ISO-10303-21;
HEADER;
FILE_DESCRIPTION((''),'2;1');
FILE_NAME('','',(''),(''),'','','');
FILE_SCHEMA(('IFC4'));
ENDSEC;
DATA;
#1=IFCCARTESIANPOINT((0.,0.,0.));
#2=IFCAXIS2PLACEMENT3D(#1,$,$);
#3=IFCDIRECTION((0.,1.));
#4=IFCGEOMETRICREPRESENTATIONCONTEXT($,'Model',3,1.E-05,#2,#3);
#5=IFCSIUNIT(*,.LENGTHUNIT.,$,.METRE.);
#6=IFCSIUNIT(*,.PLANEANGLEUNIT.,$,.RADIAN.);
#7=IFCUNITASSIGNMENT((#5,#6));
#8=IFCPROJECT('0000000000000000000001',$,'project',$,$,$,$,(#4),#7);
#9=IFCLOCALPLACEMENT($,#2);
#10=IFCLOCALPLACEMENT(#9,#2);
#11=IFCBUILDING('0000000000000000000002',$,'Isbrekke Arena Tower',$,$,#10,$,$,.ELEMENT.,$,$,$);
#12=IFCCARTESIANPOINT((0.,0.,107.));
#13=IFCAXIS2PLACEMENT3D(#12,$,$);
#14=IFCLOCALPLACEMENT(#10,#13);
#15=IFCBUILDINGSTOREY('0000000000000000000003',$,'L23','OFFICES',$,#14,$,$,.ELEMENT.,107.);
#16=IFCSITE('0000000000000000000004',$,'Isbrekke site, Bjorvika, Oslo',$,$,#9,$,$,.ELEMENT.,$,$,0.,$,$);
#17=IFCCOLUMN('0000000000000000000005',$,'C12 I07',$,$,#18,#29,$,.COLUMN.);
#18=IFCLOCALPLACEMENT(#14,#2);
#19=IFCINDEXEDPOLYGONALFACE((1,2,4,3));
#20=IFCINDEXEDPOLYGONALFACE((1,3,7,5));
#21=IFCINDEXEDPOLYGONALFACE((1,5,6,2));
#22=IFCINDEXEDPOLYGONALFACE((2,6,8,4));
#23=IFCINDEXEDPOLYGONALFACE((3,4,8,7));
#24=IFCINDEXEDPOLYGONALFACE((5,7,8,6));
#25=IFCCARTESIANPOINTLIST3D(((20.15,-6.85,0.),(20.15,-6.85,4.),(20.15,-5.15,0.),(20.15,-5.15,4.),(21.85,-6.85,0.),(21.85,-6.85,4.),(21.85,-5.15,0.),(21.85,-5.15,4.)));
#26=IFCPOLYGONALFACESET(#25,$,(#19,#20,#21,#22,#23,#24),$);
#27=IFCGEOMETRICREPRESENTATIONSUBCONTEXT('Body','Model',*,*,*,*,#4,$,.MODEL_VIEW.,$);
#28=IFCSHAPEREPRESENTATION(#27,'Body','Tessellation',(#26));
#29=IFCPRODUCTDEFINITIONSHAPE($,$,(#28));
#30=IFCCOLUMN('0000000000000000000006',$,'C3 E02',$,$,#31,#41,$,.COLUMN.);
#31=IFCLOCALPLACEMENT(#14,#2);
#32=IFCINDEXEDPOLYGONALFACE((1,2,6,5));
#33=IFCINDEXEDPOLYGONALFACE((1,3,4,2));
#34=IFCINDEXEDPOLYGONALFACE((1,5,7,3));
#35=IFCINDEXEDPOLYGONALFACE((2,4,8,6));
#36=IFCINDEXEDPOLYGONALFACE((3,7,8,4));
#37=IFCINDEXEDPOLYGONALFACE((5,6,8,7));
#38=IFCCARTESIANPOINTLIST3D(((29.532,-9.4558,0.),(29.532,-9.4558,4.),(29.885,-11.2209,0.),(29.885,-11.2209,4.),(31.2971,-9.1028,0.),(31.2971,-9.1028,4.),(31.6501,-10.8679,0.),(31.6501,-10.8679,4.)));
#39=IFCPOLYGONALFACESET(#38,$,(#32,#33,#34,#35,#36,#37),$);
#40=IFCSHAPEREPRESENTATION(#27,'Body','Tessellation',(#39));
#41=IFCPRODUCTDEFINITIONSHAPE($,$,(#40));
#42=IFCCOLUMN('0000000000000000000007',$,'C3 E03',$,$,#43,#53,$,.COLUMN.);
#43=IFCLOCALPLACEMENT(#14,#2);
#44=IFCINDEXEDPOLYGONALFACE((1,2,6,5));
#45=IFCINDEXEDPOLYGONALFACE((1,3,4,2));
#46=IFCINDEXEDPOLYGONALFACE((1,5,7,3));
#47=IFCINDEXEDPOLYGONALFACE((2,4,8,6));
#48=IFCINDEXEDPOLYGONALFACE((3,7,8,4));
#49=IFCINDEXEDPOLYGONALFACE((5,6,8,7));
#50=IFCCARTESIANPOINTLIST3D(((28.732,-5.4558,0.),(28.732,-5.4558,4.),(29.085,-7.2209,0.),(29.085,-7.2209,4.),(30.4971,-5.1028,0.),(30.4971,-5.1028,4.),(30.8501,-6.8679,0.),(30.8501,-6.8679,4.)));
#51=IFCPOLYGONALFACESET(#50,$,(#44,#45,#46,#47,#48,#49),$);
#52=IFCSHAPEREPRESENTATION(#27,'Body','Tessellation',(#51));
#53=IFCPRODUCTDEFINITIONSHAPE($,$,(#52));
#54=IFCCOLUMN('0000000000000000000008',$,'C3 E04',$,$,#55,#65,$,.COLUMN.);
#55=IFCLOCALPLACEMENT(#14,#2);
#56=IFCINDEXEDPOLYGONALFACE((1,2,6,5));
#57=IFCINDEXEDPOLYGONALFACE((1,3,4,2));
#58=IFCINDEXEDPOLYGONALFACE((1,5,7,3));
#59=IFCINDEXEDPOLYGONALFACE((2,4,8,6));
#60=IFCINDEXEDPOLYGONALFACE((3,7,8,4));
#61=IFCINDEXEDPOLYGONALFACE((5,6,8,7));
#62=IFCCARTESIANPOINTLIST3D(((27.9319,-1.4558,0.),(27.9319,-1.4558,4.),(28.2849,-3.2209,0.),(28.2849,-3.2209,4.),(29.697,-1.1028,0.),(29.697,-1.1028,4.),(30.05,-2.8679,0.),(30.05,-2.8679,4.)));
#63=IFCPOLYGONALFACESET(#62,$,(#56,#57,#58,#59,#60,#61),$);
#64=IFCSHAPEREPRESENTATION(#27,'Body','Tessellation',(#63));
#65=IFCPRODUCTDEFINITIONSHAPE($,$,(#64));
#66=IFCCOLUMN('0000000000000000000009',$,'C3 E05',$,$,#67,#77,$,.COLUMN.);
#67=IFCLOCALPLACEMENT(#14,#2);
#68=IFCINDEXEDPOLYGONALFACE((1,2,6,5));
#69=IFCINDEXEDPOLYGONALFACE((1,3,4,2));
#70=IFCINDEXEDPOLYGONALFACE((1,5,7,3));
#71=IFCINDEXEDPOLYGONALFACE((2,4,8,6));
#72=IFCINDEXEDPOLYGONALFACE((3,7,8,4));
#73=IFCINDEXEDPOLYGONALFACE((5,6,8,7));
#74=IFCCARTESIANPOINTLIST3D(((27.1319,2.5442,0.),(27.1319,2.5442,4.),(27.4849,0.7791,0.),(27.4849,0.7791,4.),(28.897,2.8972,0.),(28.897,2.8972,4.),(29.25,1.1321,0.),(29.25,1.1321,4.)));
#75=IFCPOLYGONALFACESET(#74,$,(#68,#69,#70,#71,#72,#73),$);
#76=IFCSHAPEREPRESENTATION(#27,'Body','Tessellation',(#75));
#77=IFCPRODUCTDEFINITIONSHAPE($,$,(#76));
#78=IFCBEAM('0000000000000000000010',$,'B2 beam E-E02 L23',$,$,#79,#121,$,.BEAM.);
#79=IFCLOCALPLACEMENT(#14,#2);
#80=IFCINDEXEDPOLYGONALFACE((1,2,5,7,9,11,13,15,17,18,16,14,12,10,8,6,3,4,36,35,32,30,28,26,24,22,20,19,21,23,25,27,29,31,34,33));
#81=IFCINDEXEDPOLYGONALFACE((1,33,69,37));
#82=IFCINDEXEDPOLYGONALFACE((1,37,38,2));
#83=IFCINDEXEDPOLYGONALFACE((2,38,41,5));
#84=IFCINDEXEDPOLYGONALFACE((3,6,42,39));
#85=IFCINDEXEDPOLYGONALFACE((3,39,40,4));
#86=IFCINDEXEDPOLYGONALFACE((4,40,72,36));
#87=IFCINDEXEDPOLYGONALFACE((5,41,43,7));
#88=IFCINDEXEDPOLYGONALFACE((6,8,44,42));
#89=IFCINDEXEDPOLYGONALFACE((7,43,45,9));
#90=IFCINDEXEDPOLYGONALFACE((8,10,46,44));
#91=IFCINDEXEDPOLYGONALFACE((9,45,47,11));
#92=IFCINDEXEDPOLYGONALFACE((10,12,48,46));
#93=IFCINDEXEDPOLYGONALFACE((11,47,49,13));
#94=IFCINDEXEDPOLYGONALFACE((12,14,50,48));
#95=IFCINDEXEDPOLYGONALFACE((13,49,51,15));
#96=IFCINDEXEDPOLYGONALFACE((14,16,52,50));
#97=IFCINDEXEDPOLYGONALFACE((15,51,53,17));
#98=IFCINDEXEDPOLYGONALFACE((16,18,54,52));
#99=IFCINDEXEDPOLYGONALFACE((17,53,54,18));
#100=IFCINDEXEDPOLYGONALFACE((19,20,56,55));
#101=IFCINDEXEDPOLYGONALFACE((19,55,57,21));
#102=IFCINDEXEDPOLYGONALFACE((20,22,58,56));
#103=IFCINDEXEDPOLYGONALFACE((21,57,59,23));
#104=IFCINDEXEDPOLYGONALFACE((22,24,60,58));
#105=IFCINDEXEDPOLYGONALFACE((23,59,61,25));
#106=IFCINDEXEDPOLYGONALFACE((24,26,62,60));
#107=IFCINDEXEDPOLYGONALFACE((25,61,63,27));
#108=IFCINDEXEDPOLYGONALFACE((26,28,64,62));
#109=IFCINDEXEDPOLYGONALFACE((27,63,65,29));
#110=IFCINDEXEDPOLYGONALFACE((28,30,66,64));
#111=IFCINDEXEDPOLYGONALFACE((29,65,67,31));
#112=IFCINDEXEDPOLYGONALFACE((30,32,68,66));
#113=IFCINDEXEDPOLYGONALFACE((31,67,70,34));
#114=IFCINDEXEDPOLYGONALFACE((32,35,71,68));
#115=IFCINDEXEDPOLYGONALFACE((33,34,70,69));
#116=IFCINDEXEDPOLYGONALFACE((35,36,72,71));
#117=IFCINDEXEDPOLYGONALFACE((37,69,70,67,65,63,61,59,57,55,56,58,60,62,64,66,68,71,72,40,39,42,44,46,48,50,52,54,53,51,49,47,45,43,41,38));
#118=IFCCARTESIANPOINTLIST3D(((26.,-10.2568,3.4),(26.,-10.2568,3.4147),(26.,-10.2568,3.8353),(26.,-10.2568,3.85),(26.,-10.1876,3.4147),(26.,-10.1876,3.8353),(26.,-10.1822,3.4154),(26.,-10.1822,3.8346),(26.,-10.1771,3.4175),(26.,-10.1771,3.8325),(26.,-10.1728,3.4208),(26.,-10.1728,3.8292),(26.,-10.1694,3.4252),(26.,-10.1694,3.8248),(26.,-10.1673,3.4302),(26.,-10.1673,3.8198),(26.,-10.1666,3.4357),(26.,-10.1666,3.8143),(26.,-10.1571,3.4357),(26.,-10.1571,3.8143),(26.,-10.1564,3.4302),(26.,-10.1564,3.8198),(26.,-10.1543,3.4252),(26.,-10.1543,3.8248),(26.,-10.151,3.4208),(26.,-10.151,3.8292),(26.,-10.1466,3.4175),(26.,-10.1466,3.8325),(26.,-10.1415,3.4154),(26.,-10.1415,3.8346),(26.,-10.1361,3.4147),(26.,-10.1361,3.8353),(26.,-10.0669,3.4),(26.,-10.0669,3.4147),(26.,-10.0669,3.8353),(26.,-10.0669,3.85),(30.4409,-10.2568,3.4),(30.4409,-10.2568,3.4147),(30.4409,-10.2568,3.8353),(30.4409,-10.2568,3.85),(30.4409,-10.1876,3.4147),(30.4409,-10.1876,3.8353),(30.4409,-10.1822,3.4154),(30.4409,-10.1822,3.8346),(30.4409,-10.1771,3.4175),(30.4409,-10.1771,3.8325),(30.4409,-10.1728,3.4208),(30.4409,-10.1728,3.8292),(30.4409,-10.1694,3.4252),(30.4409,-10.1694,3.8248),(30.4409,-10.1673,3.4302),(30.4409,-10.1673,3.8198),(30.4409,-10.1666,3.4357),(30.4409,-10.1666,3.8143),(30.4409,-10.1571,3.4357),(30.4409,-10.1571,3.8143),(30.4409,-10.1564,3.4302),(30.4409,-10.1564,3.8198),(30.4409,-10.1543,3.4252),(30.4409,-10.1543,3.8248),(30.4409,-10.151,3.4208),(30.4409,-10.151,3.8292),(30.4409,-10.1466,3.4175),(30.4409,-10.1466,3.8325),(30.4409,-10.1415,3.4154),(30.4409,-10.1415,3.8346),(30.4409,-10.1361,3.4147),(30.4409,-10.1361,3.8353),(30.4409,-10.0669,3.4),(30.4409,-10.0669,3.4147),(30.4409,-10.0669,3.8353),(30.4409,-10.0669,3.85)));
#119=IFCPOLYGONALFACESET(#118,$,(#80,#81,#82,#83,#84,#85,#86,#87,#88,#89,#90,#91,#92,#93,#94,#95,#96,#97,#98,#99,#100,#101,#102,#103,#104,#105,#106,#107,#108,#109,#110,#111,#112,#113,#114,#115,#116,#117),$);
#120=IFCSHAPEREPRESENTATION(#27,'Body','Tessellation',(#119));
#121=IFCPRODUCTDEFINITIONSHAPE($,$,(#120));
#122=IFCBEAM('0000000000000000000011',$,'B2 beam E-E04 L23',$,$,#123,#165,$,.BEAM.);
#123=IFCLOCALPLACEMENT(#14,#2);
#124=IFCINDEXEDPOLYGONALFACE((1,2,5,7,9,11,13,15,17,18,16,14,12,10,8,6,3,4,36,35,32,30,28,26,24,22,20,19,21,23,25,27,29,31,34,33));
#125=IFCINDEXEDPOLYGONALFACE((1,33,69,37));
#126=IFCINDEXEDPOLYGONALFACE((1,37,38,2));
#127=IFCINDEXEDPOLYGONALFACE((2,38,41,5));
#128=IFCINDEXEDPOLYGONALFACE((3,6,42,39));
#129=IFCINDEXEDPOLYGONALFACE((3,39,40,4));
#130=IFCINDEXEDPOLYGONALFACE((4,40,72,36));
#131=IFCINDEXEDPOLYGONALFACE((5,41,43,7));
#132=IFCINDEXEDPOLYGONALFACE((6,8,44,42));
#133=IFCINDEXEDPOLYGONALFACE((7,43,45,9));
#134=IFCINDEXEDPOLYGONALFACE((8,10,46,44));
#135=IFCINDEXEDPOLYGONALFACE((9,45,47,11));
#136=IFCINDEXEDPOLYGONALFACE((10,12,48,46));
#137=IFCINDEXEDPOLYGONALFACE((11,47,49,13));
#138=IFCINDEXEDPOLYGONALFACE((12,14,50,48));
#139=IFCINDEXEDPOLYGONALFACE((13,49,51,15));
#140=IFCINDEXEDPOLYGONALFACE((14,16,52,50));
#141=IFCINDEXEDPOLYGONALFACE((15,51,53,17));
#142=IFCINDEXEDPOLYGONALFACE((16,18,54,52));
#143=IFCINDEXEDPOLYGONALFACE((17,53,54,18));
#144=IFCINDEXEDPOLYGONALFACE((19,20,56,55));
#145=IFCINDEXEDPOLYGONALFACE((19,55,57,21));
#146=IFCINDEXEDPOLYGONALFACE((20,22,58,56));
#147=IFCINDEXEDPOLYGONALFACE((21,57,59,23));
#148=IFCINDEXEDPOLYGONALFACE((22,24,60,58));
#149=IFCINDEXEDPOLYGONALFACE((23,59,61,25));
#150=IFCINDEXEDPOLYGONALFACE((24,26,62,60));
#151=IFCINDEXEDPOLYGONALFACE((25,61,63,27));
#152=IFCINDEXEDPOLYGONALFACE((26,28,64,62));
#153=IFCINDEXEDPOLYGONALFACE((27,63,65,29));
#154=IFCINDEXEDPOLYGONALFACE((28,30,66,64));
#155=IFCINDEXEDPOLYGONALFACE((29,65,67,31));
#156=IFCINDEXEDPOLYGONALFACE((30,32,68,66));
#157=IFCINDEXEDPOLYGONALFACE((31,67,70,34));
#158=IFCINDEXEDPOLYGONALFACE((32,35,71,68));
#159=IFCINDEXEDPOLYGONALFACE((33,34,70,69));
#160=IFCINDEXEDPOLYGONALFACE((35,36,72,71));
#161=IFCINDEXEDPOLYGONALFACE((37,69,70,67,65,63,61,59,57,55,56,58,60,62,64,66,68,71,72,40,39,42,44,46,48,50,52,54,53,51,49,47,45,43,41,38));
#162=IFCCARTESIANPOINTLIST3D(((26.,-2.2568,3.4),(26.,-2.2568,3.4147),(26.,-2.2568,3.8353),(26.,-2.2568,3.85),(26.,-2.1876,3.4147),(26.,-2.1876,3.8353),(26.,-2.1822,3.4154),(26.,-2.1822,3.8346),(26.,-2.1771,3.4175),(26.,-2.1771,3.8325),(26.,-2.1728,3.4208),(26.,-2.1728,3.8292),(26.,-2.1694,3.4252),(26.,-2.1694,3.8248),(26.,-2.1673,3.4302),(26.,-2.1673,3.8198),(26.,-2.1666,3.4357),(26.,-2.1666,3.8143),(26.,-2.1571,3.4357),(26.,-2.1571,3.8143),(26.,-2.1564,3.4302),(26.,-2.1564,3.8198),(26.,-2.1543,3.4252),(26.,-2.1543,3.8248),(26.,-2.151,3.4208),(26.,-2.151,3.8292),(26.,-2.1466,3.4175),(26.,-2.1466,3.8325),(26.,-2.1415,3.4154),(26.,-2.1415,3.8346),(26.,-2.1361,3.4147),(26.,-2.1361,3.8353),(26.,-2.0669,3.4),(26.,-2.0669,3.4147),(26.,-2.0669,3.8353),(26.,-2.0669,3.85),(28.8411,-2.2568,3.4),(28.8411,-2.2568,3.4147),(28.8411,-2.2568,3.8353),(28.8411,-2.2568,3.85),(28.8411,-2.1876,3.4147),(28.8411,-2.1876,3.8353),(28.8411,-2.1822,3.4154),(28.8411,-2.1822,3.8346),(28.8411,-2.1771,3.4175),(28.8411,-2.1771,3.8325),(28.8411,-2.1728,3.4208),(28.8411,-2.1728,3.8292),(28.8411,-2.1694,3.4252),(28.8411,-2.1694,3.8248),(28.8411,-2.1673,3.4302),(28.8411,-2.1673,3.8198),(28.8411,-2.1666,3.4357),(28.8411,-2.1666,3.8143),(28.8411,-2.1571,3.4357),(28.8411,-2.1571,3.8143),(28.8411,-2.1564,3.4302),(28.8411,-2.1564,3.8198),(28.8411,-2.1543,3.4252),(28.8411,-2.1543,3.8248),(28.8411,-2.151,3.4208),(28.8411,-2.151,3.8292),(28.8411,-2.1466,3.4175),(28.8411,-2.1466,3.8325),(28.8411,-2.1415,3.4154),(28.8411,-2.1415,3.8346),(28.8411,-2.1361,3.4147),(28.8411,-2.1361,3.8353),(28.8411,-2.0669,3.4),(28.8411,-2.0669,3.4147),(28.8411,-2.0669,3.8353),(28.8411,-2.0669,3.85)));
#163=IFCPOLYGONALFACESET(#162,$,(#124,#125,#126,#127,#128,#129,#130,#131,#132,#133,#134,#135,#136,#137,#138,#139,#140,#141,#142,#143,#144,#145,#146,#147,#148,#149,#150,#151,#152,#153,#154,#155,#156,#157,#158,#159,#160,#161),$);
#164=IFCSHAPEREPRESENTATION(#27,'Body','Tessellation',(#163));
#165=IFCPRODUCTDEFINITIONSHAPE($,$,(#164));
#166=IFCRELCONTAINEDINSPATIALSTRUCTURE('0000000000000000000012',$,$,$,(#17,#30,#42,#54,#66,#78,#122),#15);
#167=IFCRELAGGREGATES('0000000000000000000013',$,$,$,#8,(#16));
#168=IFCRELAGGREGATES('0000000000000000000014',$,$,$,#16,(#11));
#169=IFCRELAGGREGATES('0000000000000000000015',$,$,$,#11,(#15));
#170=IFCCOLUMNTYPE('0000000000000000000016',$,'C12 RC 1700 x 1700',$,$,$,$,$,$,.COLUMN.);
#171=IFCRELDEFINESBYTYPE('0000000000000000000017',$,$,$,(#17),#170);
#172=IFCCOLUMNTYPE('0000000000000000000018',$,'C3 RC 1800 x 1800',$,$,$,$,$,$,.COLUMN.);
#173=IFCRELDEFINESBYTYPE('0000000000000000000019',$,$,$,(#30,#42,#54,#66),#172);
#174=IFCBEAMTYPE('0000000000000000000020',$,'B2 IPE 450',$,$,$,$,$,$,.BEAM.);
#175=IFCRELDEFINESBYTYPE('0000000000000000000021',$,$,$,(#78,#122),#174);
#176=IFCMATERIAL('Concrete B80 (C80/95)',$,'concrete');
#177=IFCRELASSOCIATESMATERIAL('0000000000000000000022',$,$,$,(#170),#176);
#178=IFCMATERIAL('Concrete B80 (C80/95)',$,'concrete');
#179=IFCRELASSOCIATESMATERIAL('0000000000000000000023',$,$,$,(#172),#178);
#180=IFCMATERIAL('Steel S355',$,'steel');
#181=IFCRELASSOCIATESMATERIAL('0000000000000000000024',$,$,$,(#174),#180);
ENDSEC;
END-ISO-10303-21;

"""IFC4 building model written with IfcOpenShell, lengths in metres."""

from ifc_helpers import new_model, si_unit, direction, frame, origin, origin_2d, place, context, subcontext, project, spatial, rectangle, i_section, extrude, material, material_profile, profile_set, type_object, element, save


model = new_model("IFC4")

# Units and contexts
model_context = context("Model", 3, precision=1e-05, world=origin(), true_north=direction((0.0, 1.0)))
body_context = subcontext(model_context, "Body", "Model", "MODEL_VIEW")
ifc_project = project(units=[si_unit("LENGTHUNIT", "METRE"), si_unit("PLANEANGLEUNIT", "RADIAN")], contexts=[model_context])

# Site, building, storey
site_placement = place(None, origin())
site = spatial("IfcSite", under=ifc_project, at=site_placement, Name="Isbrekke site, Bjorvika, Oslo", CompositionType="ELEMENT", RefElevation=0.0)
building_placement = place(site_placement, origin())
building = spatial("IfcBuilding", under=site, at=building_placement, Name="Isbrekke Arena Tower", CompositionType="ELEMENT")
storey_placement = place(building_placement, frame((0.0, 0.0, 107.0)))
storey = spatial("IfcBuildingStorey", under=building, at=storey_placement, Name="L23", Description="OFFICES", CompositionType="ELEMENT", Elevation=107.0)

# Columns
ifc_material_1 = material(Name="Concrete B80 (C80/95)", Category="concrete")
ifc_material_profile_1 = material_profile(ifc_material_1, rectangle(XDim=1.7, YDim=1.7, at=origin_2d()), Name="RC 1700x1700")
ifc_profile_set_1 = profile_set([ifc_material_profile_1], Name="Concrete B80 (C80/95)")
column_type_1 = type_object("IfcColumnType", Name="C12 RC 1700 x 1700", PredefinedType="COLUMN", material=ifc_profile_set_1)
column_placement = place(storey_placement, frame((21.0, -6.0, 0.0), z_axis=(0.0, 0.0, 1.0), x_axis=(1.0, 0.0, 0.0)))
element("IfcColumn", 1, at=column_placement, inside=storey, type_object=column_type_1, Name="C12 I07", PredefinedType="COLUMN", context=body_context, shape_type="SweptSolid", body=[
    extrude(rectangle(XDim=1.7, YDim=1.7, at=origin_2d()), origin(), (0.0, 0.0, 1.0), 4.0),
])
ifc_material_2 = material(Name="Concrete B80 (C80/95)", Category="concrete")
ifc_material_profile_2 = material_profile(ifc_material_2, rectangle(XDim=1.8, YDim=1.8, at=origin_2d()), Name="RC 1800x1800")
ifc_profile_set_2 = profile_set([ifc_material_profile_2], Name="Concrete B80 (C80/95)")
column_type_2 = type_object("IfcColumnType", Name="C3 RC 1800 x 1800", PredefinedType="COLUMN", material=ifc_profile_set_2)
for number, where, z_axis, x_axis, name in (
    (2, (30.5911, -10.1619, 0.0), (0.0, 0.0, 1.0), (-0.196116, 0.980581, 0.0), "C3 E02"),
    (3, (29.791, -6.1619, 0.0), (0.0, 0.0, 1.0), (-0.196116, 0.980581, 0.0), "C3 E03"),
    (4, (28.991, -2.1619, 0.0), (0.0, 0.0, 1.0), (-0.196116, 0.980581, 0.0), "C3 E04"),
    (5, (28.1909, 1.8381, 0.0), (0.0, 0.0, 1.0), (-0.196116, 0.980581, 0.0), "C3 E05"),
):
    element("IfcColumn", number, at=place(storey_placement, frame(where, z_axis=z_axis, x_axis=x_axis)), inside=storey, type_object=column_type_2, Name=name, PredefinedType="COLUMN", context=body_context, shape_type="SweptSolid", body=[
        extrude(rectangle(XDim=1.8, YDim=1.8, at=origin_2d()), origin(), (0.0, 0.0, 1.0), 4.0),
    ])

# Beams
ifc_material_3 = material(Name="Steel S355", Category="steel")
ifc_material_profile_3 = material_profile(ifc_material_3, i_section(OverallWidth=0.1899, OverallDepth=0.45, WebThickness=0.0095, FlangeThickness=0.0146, FilletRadius=0.021, at=origin_2d()), Name="IPE 450")
ifc_profile_set_3 = profile_set([ifc_material_profile_3], Name="Steel S355")
beam_type_1 = type_object("IfcBeamType", Name="B2 IPE 450", PredefinedType="BEAM", material=ifc_profile_set_3)
beam_1_placement = place(storey_placement, frame((30.4409, -10.1619, 3.625), z_axis=(-1.0, 0.0, 0.0), x_axis=(0.0, -1.0, 0.0)))
element("IfcBeam", 6, at=beam_1_placement, inside=storey, type_object=beam_type_1, Name="B2 beam E-E02 L23", PredefinedType="BEAM", context=body_context, shape_type="SweptSolid", body=[
    extrude(i_section(OverallWidth=0.1899, OverallDepth=0.45, WebThickness=0.0095, FlangeThickness=0.0146, FilletRadius=0.021, at=origin_2d()), origin(), (0.0, 0.0, 1.0), 4.4409),
])
beam_2_placement = place(storey_placement, frame((28.8411, -2.1619, 3.625), z_axis=(-1.0, 0.0, 0.0), x_axis=(0.0, -1.0, 0.0)))
element("IfcBeam", 7, at=beam_2_placement, inside=storey, type_object=beam_type_1, Name="B2 beam E-E04 L23", PredefinedType="BEAM", context=body_context, shape_type="SweptSolid", body=[
    extrude(i_section(OverallWidth=0.1899, OverallDepth=0.45, WebThickness=0.0095, FlangeThickness=0.0146, FilletRadius=0.021, at=origin_2d()), origin(), (0.0, 0.0, 1.0), 2.8411),
])

save(model, "model.ifc")
